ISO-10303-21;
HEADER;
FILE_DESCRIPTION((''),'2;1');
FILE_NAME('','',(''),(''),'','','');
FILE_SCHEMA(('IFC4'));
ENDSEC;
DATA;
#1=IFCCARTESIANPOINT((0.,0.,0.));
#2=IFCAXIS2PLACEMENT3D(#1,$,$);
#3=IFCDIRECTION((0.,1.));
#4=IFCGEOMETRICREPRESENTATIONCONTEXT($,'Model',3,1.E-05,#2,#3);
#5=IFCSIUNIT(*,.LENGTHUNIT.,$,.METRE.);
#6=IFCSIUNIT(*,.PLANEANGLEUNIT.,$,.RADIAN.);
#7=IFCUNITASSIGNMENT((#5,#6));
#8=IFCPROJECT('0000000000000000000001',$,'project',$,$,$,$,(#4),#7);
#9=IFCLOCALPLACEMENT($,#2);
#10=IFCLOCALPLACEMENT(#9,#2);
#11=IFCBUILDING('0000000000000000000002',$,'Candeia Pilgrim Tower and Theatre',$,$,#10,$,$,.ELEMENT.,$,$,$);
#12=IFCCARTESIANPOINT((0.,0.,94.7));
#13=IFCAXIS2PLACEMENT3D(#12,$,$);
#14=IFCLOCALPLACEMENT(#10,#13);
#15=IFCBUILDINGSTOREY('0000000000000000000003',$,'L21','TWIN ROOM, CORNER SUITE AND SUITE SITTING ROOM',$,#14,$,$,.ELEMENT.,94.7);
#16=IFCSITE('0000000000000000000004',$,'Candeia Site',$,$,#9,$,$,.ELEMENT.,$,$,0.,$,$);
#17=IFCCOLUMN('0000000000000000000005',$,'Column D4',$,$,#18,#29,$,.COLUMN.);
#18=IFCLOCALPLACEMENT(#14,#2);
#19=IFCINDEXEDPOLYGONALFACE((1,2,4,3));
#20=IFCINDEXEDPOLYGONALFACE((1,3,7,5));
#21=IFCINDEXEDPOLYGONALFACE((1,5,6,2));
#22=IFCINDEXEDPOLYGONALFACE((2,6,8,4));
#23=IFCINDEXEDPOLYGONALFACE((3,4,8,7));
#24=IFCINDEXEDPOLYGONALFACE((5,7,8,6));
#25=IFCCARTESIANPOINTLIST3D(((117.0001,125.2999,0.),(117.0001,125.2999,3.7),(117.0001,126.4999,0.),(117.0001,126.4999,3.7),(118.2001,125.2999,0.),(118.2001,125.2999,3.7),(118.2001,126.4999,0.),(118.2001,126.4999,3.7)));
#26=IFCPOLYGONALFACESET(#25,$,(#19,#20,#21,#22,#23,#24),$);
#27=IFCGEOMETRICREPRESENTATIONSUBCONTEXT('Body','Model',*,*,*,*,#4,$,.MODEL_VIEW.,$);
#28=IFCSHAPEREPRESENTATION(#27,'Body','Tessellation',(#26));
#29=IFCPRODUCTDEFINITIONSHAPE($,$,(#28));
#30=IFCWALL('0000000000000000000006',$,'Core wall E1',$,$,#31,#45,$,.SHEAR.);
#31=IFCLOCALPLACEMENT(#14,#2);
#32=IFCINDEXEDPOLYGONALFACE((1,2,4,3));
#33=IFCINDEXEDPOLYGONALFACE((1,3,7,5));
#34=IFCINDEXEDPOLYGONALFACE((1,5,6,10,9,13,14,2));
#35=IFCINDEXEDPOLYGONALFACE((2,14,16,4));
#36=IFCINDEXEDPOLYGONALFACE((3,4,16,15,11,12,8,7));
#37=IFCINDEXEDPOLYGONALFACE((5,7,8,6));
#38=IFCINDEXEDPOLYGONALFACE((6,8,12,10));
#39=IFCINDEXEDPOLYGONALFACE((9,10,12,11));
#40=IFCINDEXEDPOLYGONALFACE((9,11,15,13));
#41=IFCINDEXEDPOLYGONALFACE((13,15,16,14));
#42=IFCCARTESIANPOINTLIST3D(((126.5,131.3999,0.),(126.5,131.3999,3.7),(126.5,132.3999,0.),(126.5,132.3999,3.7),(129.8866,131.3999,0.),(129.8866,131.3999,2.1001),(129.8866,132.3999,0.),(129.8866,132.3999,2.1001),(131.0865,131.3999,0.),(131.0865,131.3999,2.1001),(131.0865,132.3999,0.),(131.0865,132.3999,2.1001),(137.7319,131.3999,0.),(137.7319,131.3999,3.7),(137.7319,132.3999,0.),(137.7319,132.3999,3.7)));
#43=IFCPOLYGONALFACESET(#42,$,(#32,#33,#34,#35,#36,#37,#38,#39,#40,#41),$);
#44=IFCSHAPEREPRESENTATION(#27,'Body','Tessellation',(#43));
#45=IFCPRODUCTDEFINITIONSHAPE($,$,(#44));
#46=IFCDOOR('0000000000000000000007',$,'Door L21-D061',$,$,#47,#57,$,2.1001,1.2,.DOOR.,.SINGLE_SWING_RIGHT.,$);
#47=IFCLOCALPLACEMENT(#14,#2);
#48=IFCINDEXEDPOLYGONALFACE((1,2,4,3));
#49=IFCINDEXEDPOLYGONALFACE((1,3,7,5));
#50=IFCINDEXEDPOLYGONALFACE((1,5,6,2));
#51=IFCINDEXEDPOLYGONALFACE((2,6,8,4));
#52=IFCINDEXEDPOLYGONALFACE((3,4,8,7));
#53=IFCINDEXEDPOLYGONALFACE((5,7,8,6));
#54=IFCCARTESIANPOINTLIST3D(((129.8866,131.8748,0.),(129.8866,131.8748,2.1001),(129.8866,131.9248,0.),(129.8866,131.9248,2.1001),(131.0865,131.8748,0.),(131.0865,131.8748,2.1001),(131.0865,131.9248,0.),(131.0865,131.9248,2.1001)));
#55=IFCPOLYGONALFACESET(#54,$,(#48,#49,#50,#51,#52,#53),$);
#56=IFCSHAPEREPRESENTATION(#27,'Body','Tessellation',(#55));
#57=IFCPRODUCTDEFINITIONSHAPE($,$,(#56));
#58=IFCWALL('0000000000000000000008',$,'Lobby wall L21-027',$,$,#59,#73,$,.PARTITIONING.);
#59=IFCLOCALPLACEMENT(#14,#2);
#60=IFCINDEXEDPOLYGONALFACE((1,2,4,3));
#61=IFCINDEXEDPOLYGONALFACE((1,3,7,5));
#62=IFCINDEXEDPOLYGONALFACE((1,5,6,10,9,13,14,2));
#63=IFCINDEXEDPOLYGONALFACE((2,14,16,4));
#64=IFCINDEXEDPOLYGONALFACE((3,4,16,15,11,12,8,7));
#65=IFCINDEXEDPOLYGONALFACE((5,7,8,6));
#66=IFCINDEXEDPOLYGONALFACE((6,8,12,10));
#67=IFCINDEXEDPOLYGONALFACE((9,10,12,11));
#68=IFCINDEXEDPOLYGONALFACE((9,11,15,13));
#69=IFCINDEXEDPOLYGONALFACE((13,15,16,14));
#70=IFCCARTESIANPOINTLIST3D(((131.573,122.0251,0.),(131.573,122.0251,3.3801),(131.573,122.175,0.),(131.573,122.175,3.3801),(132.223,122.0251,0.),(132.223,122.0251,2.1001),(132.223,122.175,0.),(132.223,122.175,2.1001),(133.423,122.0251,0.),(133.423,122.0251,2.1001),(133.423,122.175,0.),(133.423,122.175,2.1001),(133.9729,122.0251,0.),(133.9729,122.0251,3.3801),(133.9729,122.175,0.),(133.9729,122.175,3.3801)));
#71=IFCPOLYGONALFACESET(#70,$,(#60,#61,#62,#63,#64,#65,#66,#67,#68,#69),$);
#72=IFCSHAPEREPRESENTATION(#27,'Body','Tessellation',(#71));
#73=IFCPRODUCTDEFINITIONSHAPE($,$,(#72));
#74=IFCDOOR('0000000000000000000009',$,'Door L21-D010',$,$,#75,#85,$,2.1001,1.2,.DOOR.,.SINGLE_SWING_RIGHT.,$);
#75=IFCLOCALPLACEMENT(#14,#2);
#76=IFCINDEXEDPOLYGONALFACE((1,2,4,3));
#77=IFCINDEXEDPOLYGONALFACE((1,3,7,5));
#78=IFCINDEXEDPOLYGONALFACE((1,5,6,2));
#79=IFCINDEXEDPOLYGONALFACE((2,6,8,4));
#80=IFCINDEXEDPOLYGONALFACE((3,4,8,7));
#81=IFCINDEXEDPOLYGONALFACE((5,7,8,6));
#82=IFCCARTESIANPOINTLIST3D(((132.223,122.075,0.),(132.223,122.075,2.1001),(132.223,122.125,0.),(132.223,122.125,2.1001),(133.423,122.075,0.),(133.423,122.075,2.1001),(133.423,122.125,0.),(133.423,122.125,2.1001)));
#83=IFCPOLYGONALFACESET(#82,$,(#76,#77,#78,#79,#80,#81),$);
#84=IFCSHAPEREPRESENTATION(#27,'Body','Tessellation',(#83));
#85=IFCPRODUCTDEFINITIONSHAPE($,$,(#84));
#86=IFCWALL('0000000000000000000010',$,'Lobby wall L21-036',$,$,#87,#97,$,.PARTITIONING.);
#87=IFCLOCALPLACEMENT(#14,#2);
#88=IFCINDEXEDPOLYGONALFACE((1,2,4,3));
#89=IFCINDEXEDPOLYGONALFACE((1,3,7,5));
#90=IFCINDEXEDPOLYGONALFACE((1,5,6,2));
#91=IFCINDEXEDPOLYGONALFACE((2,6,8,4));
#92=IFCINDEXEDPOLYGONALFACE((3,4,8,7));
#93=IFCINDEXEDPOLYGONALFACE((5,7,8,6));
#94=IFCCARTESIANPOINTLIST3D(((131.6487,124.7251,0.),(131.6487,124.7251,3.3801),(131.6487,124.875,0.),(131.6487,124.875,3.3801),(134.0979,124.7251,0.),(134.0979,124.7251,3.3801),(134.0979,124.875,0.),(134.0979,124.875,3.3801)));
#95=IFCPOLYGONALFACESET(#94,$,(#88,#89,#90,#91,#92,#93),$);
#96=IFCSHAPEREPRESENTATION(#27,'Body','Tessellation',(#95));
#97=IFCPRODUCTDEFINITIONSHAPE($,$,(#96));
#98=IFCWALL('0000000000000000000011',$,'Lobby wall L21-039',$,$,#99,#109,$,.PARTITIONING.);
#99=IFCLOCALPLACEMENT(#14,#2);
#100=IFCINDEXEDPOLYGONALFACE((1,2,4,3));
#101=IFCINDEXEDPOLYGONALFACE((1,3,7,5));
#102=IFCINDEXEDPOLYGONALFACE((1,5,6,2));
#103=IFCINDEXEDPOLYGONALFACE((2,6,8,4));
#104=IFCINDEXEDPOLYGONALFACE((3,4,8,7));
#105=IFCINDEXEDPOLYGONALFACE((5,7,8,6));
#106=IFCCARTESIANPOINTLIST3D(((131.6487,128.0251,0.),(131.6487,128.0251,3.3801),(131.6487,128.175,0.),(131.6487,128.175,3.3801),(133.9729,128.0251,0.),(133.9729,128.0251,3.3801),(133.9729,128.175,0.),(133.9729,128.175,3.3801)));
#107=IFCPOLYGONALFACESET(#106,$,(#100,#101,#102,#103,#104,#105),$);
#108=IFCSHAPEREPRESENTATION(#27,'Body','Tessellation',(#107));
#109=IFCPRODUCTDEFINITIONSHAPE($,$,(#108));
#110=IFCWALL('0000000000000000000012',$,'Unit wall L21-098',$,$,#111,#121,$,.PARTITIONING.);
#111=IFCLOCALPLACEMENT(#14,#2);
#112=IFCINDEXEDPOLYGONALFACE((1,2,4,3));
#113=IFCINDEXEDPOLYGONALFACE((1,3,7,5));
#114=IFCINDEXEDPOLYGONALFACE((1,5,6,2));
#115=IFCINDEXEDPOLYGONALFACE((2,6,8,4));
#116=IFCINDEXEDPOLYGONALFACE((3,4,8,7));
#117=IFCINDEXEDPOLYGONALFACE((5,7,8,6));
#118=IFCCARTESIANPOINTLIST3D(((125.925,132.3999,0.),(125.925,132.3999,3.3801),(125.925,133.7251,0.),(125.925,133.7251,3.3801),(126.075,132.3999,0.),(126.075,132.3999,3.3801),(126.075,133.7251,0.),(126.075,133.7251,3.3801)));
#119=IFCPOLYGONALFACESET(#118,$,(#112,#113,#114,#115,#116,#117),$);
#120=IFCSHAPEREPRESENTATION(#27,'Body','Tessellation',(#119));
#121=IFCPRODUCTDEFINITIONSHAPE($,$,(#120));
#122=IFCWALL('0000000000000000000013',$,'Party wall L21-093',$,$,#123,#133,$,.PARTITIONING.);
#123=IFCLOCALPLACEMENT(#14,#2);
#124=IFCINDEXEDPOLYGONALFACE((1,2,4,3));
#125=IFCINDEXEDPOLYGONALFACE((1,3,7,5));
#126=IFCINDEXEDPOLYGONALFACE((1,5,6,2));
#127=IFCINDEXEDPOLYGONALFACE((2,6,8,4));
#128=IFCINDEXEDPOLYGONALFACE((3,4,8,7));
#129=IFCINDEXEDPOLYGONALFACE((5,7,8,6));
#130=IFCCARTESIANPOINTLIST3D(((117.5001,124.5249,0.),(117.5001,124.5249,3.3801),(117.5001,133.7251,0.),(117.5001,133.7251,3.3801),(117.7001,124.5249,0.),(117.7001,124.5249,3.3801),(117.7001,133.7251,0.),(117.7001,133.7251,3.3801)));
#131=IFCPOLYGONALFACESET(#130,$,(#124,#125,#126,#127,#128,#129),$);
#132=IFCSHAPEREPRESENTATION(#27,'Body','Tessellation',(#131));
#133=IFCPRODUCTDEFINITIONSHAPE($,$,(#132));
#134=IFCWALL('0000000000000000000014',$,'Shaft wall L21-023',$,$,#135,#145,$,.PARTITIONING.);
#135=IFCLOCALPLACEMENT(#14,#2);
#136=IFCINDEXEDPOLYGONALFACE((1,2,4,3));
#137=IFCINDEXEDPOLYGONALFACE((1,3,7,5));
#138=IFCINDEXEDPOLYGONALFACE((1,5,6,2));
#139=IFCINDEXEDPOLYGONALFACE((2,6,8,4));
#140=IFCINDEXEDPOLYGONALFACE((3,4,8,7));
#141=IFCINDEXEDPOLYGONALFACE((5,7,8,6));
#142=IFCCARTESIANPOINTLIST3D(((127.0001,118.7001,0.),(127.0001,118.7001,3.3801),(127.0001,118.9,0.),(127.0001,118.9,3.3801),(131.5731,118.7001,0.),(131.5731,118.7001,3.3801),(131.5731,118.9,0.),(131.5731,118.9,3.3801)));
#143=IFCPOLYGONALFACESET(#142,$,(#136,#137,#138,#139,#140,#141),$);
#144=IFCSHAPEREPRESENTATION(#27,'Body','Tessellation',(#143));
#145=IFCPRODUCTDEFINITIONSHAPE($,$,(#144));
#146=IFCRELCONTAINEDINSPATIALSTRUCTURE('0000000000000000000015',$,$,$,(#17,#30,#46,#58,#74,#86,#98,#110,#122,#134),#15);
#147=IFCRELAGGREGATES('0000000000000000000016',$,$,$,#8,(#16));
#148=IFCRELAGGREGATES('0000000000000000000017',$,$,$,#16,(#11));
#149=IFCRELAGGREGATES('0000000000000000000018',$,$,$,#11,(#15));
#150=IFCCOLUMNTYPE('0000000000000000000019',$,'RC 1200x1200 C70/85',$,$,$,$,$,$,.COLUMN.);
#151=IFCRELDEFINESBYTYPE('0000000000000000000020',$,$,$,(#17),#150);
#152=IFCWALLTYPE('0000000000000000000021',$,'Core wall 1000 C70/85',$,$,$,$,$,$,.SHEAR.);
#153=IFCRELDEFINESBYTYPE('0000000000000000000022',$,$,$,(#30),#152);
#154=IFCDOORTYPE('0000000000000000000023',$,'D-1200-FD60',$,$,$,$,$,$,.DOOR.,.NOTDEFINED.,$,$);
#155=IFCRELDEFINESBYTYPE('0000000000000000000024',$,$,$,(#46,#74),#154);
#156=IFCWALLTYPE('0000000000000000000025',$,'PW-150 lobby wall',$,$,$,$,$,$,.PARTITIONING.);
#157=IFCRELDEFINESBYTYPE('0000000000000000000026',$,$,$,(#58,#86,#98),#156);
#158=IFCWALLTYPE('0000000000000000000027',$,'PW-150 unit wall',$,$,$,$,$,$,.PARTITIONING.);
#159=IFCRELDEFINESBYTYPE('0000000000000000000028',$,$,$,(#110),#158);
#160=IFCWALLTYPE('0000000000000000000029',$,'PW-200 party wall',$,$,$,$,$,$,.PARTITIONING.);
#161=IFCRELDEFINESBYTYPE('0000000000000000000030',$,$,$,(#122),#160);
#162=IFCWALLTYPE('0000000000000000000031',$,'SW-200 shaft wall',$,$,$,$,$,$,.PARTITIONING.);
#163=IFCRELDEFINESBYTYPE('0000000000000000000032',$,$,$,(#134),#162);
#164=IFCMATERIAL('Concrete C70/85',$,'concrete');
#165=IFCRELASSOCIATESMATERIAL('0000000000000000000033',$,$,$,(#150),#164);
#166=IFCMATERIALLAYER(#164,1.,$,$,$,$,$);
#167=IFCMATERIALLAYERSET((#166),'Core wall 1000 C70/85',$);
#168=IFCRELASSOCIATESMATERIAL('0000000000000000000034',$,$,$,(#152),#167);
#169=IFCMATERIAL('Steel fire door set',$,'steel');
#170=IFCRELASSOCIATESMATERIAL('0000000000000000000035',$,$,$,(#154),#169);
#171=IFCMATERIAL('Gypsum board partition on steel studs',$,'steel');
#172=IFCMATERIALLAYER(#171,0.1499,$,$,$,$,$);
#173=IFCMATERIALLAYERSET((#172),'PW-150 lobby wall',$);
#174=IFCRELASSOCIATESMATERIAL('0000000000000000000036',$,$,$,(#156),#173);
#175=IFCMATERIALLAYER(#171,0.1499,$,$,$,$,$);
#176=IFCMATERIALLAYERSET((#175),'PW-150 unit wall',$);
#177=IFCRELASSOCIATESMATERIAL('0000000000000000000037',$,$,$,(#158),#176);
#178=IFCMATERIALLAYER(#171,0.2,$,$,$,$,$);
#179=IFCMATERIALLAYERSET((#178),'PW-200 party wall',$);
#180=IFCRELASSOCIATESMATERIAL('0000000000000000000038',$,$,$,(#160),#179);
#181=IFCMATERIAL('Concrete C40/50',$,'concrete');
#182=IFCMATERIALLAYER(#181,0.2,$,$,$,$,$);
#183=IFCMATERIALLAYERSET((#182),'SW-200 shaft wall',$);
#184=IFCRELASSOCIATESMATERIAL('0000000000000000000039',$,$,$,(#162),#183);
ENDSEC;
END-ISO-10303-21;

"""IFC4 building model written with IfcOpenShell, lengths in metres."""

from ifc_helpers import new_model, si_unit, direction, frame, frame_2d, origin, origin_2d, place, context, subcontext, project, spatial, rectangle, extrude, material, layer, layer_set, material_profile, profile_set, type_object, element, fill, save


model = new_model("IFC4")

# Units and contexts
model_context = context("Model", 3, precision=1e-05, world=origin(), true_north=direction((0.0, 1.0)))
body_context = subcontext(model_context, "Body", "Model", "MODEL_VIEW")
ifc_project = project(units=[si_unit("LENGTHUNIT", "METRE"), si_unit("PLANEANGLEUNIT", "RADIAN")], contexts=[model_context])

# Site, building, storey
site_placement = place(None, origin())
site = spatial("IfcSite", under=ifc_project, at=site_placement, Name="Candeia Site", CompositionType="ELEMENT", RefElevation=0.0)
building_placement = place(site_placement, origin())
building = spatial("IfcBuilding", under=site, at=building_placement, Name="Candeia Pilgrim Tower and Theatre", CompositionType="ELEMENT")
storey_placement = place(building_placement, frame((0.0, 0.0, 94.7)))
storey = spatial("IfcBuildingStorey", under=building, at=storey_placement, Name="L21", Description="TWIN ROOM, CORNER SUITE AND SUITE SITTING ROOM", CompositionType="ELEMENT", Elevation=94.7)

# Column
ifc_material_1 = material(Name="Concrete C70/85", Category="concrete")
ifc_material_profile = material_profile(ifc_material_1, rectangle(XDim=1.2, YDim=1.2, at=origin_2d()))
ifc_profile_set = profile_set([ifc_material_profile], Name="Concrete C70/85")
column_type = type_object("IfcColumnType", Name="RC 1200x1200 C70/85", PredefinedType="COLUMN", material=ifc_profile_set)
column_placement = place(storey_placement, frame((117.6001, 125.8999, 0.0), z_axis=(0.0, 0.0, 1.0), x_axis=(1.0, 0.0, 0.0)))
element("IfcColumn", 1, at=column_placement, inside=storey, type_object=column_type, Name="Column D4", PredefinedType="COLUMN", context=body_context, shape_type="SweptSolid", body=[
    extrude(rectangle(XDim=1.2, YDim=1.2, at=origin_2d()), origin(), (0.0, 0.0, 1.0), 3.7),
])

# Walls, openings, doors
ifc_layer_1 = layer(ifc_material_1, 1.0)
ifc_layer_set_1 = layer_set([ifc_layer_1], Name="Core wall 1000 C70/85")
wall_type_1 = type_object("IfcWallType", Name="Core wall 1000 C70/85", PredefinedType="SHEAR", material=ifc_layer_set_1)
wall_1_placement = place(storey_placement, frame((126.5, 131.8999, 0.0), z_axis=(0.0, 0.0, 1.0), x_axis=(1.0, 0.0, 0.0)))
wall_1 = element("IfcWall", 2, at=wall_1_placement, inside=storey, type_object=wall_type_1, Name="Core wall E1", PredefinedType="SHEAR", context=body_context, shape_type="SweptSolid", body=[
    extrude(rectangle(XDim=11.2319, YDim=1.0, at=frame_2d((5.616, 0.0))), origin(), (0.0, 0.0, 1.0), 3.7),
])
opening_1_placement = place(wall_1_placement, frame((3.3865, 0.0, 0.0)))
opening_1 = element("IfcOpeningElement", 3, at=opening_1_placement, cuts=wall_1, PredefinedType="OPENING", context=body_context, shape_type="SweptSolid", body=[
    extrude(rectangle(XDim=1.2, YDim=2.1001, at=frame_2d((0.6001, 1.05))), frame((0.0, 0.51, 0.0), z_axis=(0.0, -1.0, 0.0), x_axis=(1.0, 0.0, 0.0)), (0.0, 0.0, 1.0), 1.02),
])
ifc_material_2 = material(Name="Steel fire door set", Category="steel")
door_type_1 = type_object("IfcDoorType", Name="D-1200-FD60", OperationType="NOTDEFINED", PredefinedType="DOOR", material=ifc_material_2)
door_1_placement = place(opening_1_placement, origin())
door_1 = element("IfcDoor", 4, at=door_1_placement, inside=storey, type_object=door_type_1, Name="Door L21-D061", OperationType="SINGLE_SWING_RIGHT", OverallHeight=2.1001, OverallWidth=1.2, PredefinedType="DOOR", context=body_context, shape_type="SweptSolid", body=[
    extrude(rectangle(XDim=1.2, YDim=2.1001, at=frame_2d((0.6001, 1.05))), frame((0.0, 0.0249, 0.0), z_axis=(0.0, -1.0, 0.0), x_axis=(1.0, 0.0, 0.0)), (0.0, 0.0, 1.0), 0.05),
])
fill(opening_1, door_1)
ifc_material_3 = material(Name="Gypsum board partition on steel studs", Category="steel")
ifc_layer_2 = layer(ifc_material_3, 0.1499)
ifc_layer_set_2 = layer_set([ifc_layer_2], Name="PW-150 lobby wall")
wall_type_2 = type_object("IfcWallType", Name="PW-150 lobby wall", PredefinedType="PARTITIONING", material=ifc_layer_set_2)
wall_2_placement = place(storey_placement, frame((131.573, 122.1001, 0.0), z_axis=(0.0, 0.0, 1.0), x_axis=(1.0, 0.0, 0.0)))
wall_2 = element("IfcWall", 5, at=wall_2_placement, inside=storey, type_object=wall_type_2, Name="Lobby wall L21-027", PredefinedType="PARTITIONING", context=body_context, shape_type="SweptSolid", body=[
    extrude(rectangle(XDim=2.3999, YDim=0.1499, at=frame_2d((1.2, 0.0))), origin(), (0.0, 0.0, 1.0), 3.3801),
])
opening_2_placement = place(wall_2_placement, frame((0.6499, 0.0, 0.0)))
opening_2 = element("IfcOpeningElement", 6, at=opening_2_placement, cuts=wall_2, PredefinedType="OPENING", context=body_context, shape_type="SweptSolid", body=[
    extrude(rectangle(XDim=1.2, YDim=2.1001, at=frame_2d((0.6001, 1.05))), frame((0.0, 0.085, 0.0), z_axis=(0.0, -1.0, 0.0), x_axis=(1.0, 0.0, 0.0)), (0.0, 0.0, 1.0), 0.1699),
])
door_2_placement = place(opening_2_placement, origin())
door_2 = element("IfcDoor", 7, at=door_2_placement, inside=storey, type_object=door_type_1, Name="Door L21-D010", OperationType="SINGLE_SWING_RIGHT", OverallHeight=2.1001, OverallWidth=1.2, PredefinedType="DOOR", context=body_context, shape_type="SweptSolid", body=[
    extrude(rectangle(XDim=1.2, YDim=2.1001, at=frame_2d((0.6001, 1.05))), frame((0.0, 0.0249, 0.0), z_axis=(0.0, -1.0, 0.0), x_axis=(1.0, 0.0, 0.0)), (0.0, 0.0, 1.0), 0.05),
])
fill(opening_2, door_2)

# Walls
wall_3_placement = place(storey_placement, frame((131.6487, 124.8, 0.0), z_axis=(0.0, 0.0, 1.0), x_axis=(1.0, 0.0, 0.0)))
element("IfcWall", 8, at=wall_3_placement, inside=storey, type_object=wall_type_2, Name="Lobby wall L21-036", PredefinedType="PARTITIONING", context=body_context, shape_type="SweptSolid", body=[
    extrude(rectangle(XDim=2.4492, YDim=0.1499, at=frame_2d((1.2246, 0.0))), origin(), (0.0, 0.0, 1.0), 3.3801),
])
wall_4_placement = place(storey_placement, frame((131.6487, 128.1001, 0.0), z_axis=(0.0, 0.0, 1.0), x_axis=(1.0, 0.0, 0.0)))
element("IfcWall", 9, at=wall_4_placement, inside=storey, type_object=wall_type_2, Name="Lobby wall L21-039", PredefinedType="PARTITIONING", context=body_context, shape_type="SweptSolid", body=[
    extrude(rectangle(XDim=2.3242, YDim=0.1499, at=frame_2d((1.1621, 0.0))), origin(), (0.0, 0.0, 1.0), 3.3801),
])
ifc_layer_3 = layer(ifc_material_3, 0.1499)
ifc_layer_set_3 = layer_set([ifc_layer_3], Name="PW-150 unit wall")
wall_type_3 = type_object("IfcWallType", Name="PW-150 unit wall", PredefinedType="PARTITIONING", material=ifc_layer_set_3)
wall_5_placement = place(storey_placement, frame((126.0, 132.3999, 0.0), z_axis=(0.0, 0.0, 1.0), x_axis=(0.0, 1.0, 0.0)))
element("IfcWall", 10, at=wall_5_placement, inside=storey, type_object=wall_type_3, Name="Unit wall L21-098", PredefinedType="PARTITIONING", context=body_context, shape_type="SweptSolid", body=[
    extrude(rectangle(XDim=1.3252, YDim=0.1499, at=frame_2d((0.6626, 0.0))), origin(), (0.0, 0.0, 1.0), 3.3801),
])
ifc_layer_4 = layer(ifc_material_3, 0.2)
ifc_layer_set_4 = layer_set([ifc_layer_4], Name="PW-200 party wall")
wall_type_4 = type_object("IfcWallType", Name="PW-200 party wall", PredefinedType="PARTITIONING", material=ifc_layer_set_4)
wall_6_placement = place(storey_placement, frame((117.6001, 124.5249, 0.0), z_axis=(0.0, 0.0, 1.0), x_axis=(0.0, 1.0, 0.0)))
element("IfcWall", 11, at=wall_6_placement, inside=storey, type_object=wall_type_4, Name="Party wall L21-093", PredefinedType="PARTITIONING", context=body_context, shape_type="SweptSolid", body=[
    extrude(rectangle(XDim=9.2002, YDim=0.2, at=frame_2d((4.6001, 0.0))), origin(), (0.0, 0.0, 1.0), 3.3801),
])
ifc_material_4 = material(Name="Concrete C40/50", Category="concrete")
ifc_layer_5 = layer(ifc_material_4, 0.2)
ifc_layer_set_5 = layer_set([ifc_layer_5], Name="SW-200 shaft wall")
wall_type_5 = type_object("IfcWallType", Name="SW-200 shaft wall", PredefinedType="PARTITIONING", material=ifc_layer_set_5)
wall_7_placement = place(storey_placement, frame((127.0, 118.8, 0.0), z_axis=(0.0, 0.0, 1.0), x_axis=(1.0, 0.0, 0.0)))
element("IfcWall", 12, at=wall_7_placement, inside=storey, type_object=wall_type_5, Name="Shaft wall L21-023", PredefinedType="PARTITIONING", context=body_context, shape_type="SweptSolid", body=[
    extrude(rectangle(XDim=4.573, YDim=0.2, at=frame_2d((2.2866, 0.0))), origin(), (0.0, 0.0, 1.0), 3.3801),
])

save(model, "model.ifc")
